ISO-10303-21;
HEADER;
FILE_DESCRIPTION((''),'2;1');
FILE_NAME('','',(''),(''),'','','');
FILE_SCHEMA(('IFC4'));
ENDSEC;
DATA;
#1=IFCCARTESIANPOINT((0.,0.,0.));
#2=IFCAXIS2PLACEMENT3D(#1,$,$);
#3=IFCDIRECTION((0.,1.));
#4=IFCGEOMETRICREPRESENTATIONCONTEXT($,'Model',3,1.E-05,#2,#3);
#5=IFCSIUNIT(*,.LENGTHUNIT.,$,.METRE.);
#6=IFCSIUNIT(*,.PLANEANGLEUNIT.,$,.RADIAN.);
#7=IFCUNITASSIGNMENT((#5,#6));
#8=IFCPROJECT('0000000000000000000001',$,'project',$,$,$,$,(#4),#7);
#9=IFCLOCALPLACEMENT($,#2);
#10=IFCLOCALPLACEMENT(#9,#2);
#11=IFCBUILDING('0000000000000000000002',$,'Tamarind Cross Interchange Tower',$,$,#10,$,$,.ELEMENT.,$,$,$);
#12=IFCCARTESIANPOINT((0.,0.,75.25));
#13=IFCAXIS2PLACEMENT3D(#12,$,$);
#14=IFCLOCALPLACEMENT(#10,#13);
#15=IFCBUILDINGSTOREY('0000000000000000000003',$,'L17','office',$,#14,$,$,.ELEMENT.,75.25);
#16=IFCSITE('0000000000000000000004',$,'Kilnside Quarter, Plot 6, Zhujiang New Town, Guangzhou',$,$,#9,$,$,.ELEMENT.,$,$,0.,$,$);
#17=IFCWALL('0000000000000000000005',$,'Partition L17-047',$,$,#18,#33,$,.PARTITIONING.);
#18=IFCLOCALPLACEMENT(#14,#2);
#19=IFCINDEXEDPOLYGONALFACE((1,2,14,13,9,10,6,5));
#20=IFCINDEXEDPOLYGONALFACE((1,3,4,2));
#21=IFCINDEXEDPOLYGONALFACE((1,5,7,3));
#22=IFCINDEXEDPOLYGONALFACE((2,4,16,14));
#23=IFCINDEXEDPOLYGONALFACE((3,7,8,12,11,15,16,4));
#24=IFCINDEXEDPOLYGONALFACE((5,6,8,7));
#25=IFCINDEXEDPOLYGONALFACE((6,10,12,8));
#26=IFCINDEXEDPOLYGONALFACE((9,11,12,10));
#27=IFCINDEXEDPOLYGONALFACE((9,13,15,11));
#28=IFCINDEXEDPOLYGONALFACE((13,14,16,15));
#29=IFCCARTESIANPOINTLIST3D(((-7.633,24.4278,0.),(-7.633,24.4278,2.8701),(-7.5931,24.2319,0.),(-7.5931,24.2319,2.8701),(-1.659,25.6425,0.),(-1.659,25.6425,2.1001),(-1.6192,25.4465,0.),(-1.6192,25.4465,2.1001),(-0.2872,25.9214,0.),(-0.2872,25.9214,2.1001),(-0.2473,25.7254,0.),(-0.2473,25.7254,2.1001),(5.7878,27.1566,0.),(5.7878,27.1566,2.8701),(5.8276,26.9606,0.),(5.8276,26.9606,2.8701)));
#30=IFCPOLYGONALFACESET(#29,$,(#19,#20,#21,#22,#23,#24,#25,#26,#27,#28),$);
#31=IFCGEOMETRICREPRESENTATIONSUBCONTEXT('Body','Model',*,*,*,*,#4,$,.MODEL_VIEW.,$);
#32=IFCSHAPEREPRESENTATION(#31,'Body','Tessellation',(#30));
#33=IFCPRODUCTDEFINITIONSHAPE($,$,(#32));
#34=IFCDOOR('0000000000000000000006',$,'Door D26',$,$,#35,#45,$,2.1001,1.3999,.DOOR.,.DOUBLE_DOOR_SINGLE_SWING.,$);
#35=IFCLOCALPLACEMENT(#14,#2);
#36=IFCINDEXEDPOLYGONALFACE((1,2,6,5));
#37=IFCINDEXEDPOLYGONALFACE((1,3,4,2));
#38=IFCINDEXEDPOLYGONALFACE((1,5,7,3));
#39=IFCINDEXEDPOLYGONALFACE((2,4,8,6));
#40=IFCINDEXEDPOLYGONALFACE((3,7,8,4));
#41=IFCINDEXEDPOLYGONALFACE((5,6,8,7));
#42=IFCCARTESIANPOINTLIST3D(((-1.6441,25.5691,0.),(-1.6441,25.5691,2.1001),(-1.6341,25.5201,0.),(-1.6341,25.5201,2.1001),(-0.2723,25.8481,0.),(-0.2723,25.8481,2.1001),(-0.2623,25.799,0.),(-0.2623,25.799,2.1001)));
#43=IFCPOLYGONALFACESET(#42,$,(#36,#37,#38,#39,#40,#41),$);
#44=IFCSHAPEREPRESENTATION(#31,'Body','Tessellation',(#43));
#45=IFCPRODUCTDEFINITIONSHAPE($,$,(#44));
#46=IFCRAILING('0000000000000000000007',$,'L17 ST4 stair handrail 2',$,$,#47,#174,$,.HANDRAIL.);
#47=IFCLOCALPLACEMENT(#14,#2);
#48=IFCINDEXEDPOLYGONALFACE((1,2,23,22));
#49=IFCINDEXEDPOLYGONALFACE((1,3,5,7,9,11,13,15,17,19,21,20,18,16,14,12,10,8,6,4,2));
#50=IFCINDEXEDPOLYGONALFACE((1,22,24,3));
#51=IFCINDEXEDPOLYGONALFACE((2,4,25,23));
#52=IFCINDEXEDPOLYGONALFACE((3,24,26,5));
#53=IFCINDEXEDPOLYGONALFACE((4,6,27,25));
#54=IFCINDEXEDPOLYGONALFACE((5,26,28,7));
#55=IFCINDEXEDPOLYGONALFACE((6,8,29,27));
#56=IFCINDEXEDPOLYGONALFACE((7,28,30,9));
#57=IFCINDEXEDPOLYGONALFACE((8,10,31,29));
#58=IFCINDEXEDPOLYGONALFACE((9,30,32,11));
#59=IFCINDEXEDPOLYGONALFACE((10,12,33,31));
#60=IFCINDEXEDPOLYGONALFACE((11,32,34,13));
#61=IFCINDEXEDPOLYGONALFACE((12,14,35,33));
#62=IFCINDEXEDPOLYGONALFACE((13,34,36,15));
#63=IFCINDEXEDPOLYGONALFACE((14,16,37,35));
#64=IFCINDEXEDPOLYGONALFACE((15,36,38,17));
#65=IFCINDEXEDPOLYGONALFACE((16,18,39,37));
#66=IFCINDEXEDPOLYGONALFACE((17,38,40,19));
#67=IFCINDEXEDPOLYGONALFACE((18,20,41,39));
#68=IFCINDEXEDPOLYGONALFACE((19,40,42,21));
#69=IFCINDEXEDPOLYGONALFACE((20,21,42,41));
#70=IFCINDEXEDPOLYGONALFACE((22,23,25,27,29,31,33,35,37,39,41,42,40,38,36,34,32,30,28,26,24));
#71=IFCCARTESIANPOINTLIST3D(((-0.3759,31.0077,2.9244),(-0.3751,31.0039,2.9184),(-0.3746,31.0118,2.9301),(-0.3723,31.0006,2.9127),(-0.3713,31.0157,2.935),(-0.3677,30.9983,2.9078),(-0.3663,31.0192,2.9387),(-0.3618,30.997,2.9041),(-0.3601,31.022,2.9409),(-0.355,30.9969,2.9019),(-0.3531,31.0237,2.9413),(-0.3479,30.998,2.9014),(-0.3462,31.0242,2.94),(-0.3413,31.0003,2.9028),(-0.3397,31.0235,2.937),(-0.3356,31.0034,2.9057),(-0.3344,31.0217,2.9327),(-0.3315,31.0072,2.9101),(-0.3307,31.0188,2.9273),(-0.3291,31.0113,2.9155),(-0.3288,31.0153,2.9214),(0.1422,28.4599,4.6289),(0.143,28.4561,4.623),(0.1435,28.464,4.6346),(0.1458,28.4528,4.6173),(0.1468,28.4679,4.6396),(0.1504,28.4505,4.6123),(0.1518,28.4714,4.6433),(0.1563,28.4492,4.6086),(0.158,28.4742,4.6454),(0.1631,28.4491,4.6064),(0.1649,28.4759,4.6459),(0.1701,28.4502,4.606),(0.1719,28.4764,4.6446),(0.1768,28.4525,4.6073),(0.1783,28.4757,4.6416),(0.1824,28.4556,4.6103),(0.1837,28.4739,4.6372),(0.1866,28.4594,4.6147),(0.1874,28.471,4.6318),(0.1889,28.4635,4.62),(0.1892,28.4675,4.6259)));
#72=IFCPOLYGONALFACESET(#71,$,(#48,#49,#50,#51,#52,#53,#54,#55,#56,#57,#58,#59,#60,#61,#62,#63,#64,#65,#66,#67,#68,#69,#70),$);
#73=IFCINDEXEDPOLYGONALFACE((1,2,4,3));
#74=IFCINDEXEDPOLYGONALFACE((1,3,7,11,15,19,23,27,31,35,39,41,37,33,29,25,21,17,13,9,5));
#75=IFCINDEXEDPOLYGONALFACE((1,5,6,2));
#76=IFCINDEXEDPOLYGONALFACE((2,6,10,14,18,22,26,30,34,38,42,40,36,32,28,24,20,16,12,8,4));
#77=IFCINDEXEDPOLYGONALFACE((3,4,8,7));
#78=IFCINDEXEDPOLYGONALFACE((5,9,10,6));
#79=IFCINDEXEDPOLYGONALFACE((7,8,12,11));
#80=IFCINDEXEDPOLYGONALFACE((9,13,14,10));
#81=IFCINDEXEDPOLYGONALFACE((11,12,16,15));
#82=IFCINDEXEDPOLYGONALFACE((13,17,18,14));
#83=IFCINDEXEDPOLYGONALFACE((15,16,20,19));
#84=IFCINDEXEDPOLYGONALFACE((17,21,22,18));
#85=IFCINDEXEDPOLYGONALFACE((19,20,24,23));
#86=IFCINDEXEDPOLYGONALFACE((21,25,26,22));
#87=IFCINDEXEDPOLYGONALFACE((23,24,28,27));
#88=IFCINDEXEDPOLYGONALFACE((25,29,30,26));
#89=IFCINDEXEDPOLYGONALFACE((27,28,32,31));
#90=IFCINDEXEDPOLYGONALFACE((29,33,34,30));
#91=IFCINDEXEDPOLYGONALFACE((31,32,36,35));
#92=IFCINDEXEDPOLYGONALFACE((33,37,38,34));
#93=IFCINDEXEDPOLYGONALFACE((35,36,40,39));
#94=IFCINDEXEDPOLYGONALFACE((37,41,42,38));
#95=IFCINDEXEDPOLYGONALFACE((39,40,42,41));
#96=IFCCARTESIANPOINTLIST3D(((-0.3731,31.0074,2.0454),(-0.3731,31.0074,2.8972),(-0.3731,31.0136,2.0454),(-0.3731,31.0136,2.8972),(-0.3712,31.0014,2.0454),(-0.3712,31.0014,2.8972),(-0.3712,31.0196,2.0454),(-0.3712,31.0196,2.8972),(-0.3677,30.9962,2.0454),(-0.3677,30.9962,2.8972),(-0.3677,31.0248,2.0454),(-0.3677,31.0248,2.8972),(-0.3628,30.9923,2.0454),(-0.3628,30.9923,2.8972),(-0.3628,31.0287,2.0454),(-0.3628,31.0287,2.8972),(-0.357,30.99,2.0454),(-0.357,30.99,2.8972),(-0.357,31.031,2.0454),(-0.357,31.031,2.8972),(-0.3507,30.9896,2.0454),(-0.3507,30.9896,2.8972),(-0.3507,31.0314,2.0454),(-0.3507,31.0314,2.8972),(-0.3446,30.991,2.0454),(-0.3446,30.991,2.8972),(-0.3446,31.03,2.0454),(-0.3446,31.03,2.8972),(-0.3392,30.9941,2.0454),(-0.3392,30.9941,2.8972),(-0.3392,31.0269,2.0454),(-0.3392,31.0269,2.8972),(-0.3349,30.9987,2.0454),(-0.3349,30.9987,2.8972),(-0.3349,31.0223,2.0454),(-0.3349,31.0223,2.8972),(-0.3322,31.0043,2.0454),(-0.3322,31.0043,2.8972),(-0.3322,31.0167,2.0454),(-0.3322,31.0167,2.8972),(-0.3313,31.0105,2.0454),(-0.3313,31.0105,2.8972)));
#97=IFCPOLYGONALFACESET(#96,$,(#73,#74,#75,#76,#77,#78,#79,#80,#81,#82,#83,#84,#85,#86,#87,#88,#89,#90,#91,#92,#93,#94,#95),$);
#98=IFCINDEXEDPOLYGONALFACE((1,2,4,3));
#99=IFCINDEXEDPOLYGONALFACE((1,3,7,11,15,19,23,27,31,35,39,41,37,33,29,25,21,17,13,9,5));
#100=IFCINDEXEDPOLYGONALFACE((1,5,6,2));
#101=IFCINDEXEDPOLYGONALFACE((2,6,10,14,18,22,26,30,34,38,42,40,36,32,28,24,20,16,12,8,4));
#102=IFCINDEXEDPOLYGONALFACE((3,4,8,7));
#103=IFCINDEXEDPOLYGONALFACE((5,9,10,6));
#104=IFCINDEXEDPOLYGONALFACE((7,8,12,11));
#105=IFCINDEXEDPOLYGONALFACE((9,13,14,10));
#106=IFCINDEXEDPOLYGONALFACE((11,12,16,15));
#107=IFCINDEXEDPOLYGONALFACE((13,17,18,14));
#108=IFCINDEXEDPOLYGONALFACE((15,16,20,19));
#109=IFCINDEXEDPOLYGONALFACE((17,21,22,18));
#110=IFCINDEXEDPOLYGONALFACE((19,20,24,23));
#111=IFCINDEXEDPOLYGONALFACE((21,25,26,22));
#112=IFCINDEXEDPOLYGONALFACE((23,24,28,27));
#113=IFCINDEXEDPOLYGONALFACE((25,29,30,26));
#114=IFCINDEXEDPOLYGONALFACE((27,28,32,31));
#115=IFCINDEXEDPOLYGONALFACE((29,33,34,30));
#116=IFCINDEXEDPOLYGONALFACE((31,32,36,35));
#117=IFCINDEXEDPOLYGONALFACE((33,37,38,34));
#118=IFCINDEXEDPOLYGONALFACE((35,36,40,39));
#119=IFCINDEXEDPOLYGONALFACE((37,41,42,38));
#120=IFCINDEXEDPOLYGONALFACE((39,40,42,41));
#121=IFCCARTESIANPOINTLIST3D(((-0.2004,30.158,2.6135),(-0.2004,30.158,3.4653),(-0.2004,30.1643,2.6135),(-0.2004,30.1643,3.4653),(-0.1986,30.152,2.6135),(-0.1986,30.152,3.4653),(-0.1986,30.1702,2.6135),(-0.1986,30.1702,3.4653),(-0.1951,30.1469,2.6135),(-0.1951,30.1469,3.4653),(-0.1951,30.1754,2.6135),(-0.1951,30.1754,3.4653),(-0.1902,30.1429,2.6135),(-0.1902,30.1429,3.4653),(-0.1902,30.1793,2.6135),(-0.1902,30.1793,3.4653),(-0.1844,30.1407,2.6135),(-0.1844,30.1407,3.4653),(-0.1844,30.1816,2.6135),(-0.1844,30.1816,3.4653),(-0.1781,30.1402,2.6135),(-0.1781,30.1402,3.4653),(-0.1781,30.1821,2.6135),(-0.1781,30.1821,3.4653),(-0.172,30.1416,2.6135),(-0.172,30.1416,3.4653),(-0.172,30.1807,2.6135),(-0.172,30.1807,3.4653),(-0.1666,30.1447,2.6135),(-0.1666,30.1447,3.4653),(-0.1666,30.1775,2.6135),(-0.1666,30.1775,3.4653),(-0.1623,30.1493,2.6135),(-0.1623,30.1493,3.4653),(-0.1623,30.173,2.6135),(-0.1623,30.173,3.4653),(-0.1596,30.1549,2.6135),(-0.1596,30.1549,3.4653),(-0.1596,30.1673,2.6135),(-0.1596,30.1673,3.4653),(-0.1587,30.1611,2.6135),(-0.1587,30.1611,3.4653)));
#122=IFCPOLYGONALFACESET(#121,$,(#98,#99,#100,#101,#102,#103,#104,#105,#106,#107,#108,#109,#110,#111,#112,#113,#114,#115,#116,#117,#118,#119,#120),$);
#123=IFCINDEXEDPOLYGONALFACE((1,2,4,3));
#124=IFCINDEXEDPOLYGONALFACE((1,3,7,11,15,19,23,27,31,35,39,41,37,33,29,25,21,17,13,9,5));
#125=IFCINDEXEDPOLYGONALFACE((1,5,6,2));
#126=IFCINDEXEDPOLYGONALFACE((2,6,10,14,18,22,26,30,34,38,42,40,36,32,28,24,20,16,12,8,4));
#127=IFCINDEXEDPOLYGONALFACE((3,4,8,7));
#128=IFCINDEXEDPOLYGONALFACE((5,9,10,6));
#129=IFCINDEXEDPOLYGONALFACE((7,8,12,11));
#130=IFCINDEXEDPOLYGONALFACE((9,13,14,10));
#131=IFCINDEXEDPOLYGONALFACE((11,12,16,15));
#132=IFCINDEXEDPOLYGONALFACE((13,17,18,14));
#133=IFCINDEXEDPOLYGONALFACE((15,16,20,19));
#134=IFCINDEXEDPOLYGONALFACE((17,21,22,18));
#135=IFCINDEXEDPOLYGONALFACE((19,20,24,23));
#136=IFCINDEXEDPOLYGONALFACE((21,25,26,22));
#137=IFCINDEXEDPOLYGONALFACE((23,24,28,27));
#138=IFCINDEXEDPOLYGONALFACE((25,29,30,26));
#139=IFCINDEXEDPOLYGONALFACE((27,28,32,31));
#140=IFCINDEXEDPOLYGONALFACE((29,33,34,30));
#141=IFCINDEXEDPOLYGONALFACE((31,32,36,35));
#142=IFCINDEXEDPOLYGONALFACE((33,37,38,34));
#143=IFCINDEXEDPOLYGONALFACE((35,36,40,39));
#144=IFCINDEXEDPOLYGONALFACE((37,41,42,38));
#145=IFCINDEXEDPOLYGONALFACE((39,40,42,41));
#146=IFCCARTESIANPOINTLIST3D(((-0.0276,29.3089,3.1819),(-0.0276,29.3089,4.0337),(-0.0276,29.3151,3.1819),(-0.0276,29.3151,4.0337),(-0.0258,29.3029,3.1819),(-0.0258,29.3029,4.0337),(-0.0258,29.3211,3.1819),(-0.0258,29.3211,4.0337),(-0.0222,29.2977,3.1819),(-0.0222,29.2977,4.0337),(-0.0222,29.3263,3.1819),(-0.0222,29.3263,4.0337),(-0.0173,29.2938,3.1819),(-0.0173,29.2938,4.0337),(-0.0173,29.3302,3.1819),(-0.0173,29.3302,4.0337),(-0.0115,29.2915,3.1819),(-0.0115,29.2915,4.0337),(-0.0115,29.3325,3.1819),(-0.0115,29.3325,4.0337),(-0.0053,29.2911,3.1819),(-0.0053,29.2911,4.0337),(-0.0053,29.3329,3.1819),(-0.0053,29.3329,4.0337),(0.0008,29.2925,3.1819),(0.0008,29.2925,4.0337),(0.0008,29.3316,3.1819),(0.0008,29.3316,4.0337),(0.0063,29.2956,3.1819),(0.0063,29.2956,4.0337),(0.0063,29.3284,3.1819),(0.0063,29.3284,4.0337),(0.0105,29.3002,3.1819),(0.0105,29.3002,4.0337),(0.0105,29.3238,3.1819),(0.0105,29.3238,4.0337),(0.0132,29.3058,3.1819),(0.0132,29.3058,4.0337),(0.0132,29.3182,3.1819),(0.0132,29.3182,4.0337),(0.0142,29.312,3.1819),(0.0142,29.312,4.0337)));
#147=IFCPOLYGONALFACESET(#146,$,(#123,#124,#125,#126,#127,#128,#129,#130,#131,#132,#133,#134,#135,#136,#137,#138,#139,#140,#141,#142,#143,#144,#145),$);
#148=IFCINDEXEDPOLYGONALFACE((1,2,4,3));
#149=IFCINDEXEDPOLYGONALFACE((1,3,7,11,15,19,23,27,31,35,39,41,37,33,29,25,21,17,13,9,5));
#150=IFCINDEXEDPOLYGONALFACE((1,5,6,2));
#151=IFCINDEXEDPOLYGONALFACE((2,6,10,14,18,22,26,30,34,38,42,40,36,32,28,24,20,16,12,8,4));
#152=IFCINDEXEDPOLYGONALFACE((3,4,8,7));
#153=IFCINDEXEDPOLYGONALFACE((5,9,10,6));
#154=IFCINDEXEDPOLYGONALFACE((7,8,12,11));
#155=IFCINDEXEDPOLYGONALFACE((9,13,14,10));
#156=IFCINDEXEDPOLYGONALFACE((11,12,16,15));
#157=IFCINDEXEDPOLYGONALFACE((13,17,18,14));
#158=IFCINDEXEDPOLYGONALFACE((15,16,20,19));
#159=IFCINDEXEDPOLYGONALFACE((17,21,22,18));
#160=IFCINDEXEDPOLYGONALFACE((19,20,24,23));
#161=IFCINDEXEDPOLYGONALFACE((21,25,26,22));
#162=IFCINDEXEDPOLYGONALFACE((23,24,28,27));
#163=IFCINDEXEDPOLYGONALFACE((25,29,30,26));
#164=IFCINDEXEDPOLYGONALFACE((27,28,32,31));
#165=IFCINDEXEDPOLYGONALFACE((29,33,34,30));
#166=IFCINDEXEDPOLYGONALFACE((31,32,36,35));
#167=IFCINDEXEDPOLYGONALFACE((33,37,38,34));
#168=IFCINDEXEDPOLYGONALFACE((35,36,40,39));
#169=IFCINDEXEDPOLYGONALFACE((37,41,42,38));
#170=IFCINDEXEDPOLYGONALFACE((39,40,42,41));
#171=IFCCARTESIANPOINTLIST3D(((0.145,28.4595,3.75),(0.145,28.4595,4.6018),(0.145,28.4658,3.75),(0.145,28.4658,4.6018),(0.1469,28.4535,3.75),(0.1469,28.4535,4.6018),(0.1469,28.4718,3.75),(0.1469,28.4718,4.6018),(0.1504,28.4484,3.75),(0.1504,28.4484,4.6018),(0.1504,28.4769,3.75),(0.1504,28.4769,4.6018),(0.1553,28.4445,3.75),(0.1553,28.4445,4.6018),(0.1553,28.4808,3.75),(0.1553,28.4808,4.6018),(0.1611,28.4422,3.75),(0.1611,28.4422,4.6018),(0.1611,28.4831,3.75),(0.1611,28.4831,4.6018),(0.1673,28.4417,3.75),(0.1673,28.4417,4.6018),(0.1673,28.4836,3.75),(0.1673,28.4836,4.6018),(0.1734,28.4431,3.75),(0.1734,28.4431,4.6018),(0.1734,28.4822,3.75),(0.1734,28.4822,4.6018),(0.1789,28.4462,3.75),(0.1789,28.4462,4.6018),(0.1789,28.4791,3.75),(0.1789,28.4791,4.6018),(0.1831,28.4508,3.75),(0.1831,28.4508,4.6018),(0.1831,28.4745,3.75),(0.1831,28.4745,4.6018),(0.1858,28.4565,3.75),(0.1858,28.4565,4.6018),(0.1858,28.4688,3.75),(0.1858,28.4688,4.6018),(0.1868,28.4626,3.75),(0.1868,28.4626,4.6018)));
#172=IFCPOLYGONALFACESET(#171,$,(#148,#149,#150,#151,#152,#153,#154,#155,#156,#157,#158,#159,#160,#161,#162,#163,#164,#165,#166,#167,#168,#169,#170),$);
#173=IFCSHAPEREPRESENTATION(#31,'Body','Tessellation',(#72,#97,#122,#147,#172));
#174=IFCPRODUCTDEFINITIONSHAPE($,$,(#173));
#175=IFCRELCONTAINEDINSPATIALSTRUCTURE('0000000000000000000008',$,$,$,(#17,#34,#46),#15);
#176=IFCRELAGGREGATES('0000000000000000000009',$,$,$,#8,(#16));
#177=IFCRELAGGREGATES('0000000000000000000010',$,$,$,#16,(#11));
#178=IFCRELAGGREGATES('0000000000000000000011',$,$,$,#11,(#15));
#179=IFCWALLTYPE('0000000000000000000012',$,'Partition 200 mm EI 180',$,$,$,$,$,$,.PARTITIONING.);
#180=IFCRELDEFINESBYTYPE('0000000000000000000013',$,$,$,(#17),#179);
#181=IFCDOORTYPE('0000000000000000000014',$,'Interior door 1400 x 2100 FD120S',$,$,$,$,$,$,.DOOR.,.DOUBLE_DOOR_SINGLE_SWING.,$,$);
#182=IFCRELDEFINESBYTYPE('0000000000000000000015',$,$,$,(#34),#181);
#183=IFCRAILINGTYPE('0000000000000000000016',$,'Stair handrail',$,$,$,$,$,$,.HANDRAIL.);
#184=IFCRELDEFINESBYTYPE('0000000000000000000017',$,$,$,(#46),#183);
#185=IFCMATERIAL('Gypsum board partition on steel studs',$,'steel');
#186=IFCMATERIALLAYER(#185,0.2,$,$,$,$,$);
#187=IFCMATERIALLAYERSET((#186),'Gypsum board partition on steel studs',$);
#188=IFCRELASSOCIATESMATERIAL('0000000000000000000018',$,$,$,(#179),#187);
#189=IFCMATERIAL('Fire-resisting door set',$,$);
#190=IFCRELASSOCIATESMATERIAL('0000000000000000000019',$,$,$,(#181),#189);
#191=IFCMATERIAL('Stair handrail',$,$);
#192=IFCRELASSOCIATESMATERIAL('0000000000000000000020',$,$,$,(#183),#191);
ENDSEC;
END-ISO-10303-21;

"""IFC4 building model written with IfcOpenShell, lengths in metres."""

from ifc_helpers import new_model, si_unit, direction, frame, frame_2d, origin, origin_2d, place, context, subcontext, project, spatial, rectangle, circle, extrude, material, layer, layer_set, type_object, element, fill, save


model = new_model("IFC4")

# Units and contexts
model_context = context("Model", 3, precision=1e-05, world=origin(), true_north=direction((0.0, 1.0)))
body_context = subcontext(model_context, "Body", "Model", "MODEL_VIEW")
ifc_project = project(units=[si_unit("LENGTHUNIT", "METRE"), si_unit("PLANEANGLEUNIT", "RADIAN")], contexts=[model_context])

# Site, building, storey
site_placement = place(None, origin())
site = spatial("IfcSite", under=ifc_project, at=site_placement, Name="Kilnside Quarter, Plot 6, Zhujiang New Town, Guangzhou", CompositionType="ELEMENT", RefElevation=0.0)
building_placement = place(site_placement, origin())
building = spatial("IfcBuilding", under=site, at=building_placement, Name="Tamarind Cross Interchange Tower", CompositionType="ELEMENT")
storey_placement = place(building_placement, frame((0.0, 0.0, 75.25)))
storey = spatial("IfcBuildingStorey", under=building, at=storey_placement, Name="L17", Description="office", CompositionType="ELEMENT", Elevation=75.25)

# Shared definitions
ifc_material_1 = material(Name="Gypsum board partition on steel studs", Category="steel")

# Wall, opening, door
ifc_layer_1 = layer(ifc_material_1, 0.2)
ifc_layer_set_1 = layer_set([ifc_layer_1], Name="Gypsum board partition on steel studs")
wall_type_1 = type_object("IfcWallType", Name="Partition 200 mm EI 180", PredefinedType="PARTITIONING", material=ifc_layer_set_1)
wall_1_placement = place(storey_placement, frame((-7.613, 24.3298, 0.0), z_axis=(0.0, 0.0, 1.0), x_axis=(0.979949, 0.199249, 0.0)))
wall_1 = element("IfcWall", 1, at=wall_1_placement, inside=storey, type_object=wall_type_1, Name="Partition L17-047", PredefinedType="PARTITIONING", context=body_context, shape_type="SweptSolid", body=[
    extrude(rectangle(XDim=13.6953, YDim=0.2, at=frame_2d((6.8477, 0.0))), origin(), (0.0, 0.0, 1.0), 2.8701),
])
opening_placement = place(wall_1_placement, frame((6.0962, 0.0, 0.0)))
opening = element("IfcOpeningElement", 2, at=opening_placement, cuts=wall_1, PredefinedType="OPENING", context=body_context, shape_type="SweptSolid", body=[
    extrude(rectangle(XDim=1.3999, YDim=2.1001, at=frame_2d((0.7, 1.05))), frame((0.0, 0.1099, 0.0), z_axis=(0.0, -1.0, 0.0), x_axis=(1.0, 0.0, 0.0)), (0.0, 0.0, 1.0), 0.22),
])
ifc_material_2 = material(Name="Fire-resisting door set")
door_type = type_object("IfcDoorType", Name="Interior door 1400 x 2100 FD120S", OperationType="DOUBLE_DOOR_SINGLE_SWING", PredefinedType="DOOR", material=ifc_material_2)
door_placement = place(opening_placement, frame((1.3999, 0.0, 0.0), z_axis=(0.0, 0.0, 1.0), x_axis=(-1.0, 0.0, 0.0)))
door = element("IfcDoor", 3, at=door_placement, inside=storey, type_object=door_type, Name="Door D26", OperationType="DOUBLE_DOOR_SINGLE_SWING", OverallHeight=2.1001, OverallWidth=1.3999, PredefinedType="DOOR", context=body_context, shape_type="SweptSolid", body=[
    extrude(rectangle(XDim=1.3999, YDim=2.1001, at=frame_2d((0.7, 1.05))), frame((0.0, 0.0249, 0.0), z_axis=(0.0, -1.0, 0.0), x_axis=(1.0, 0.0, 0.0)), (0.0, 0.0, 1.0), 0.05),
])
fill(opening, door)

# Railing
ifc_material_3 = material(Name="Stair handrail")
railing_type = type_object("IfcRailingType", Name="Stair handrail", PredefinedType="HANDRAIL", material=ifc_material_3)
railing_placement = place(storey_placement, frame((-0.3523, 31.0105, 2.0454)))
element("IfcRailing", 4, at=railing_placement, inside=storey, type_object=railing_type, Name="L17 ST4 stair handrail 2", PredefinedType="HANDRAIL", context=body_context, shape_type="SweptSolid", body=[
    extrude(circle(Radius=0.0239, at=origin_2d()), frame((0.0, 0.0, 0.876), z_axis=(0.166637, -0.819522, 0.548285), x_axis=(0.979947, 0.199257, 0.0)), (0.0, 0.0, 1.0), 3.1089),
    extrude(circle(Radius=0.021, at=origin_2d()), origin(), (0.0, 0.0, 1.0), 0.8518),
    extrude(circle(Radius=0.021, at=origin_2d()), frame((0.1726, -0.8494, 0.5681)), (0.0, 0.0, 1.0), 0.8518),
    extrude(circle(Radius=0.021, at=origin_2d()), frame((0.3455, -1.6985, 1.1365)), (0.0, 0.0, 1.0), 0.8518),
    extrude(circle(Radius=0.021, at=origin_2d()), frame((0.5181, -2.5479, 1.7046)), (0.0, 0.0, 1.0), 0.8518),
])

save(model, "model.ifc")
